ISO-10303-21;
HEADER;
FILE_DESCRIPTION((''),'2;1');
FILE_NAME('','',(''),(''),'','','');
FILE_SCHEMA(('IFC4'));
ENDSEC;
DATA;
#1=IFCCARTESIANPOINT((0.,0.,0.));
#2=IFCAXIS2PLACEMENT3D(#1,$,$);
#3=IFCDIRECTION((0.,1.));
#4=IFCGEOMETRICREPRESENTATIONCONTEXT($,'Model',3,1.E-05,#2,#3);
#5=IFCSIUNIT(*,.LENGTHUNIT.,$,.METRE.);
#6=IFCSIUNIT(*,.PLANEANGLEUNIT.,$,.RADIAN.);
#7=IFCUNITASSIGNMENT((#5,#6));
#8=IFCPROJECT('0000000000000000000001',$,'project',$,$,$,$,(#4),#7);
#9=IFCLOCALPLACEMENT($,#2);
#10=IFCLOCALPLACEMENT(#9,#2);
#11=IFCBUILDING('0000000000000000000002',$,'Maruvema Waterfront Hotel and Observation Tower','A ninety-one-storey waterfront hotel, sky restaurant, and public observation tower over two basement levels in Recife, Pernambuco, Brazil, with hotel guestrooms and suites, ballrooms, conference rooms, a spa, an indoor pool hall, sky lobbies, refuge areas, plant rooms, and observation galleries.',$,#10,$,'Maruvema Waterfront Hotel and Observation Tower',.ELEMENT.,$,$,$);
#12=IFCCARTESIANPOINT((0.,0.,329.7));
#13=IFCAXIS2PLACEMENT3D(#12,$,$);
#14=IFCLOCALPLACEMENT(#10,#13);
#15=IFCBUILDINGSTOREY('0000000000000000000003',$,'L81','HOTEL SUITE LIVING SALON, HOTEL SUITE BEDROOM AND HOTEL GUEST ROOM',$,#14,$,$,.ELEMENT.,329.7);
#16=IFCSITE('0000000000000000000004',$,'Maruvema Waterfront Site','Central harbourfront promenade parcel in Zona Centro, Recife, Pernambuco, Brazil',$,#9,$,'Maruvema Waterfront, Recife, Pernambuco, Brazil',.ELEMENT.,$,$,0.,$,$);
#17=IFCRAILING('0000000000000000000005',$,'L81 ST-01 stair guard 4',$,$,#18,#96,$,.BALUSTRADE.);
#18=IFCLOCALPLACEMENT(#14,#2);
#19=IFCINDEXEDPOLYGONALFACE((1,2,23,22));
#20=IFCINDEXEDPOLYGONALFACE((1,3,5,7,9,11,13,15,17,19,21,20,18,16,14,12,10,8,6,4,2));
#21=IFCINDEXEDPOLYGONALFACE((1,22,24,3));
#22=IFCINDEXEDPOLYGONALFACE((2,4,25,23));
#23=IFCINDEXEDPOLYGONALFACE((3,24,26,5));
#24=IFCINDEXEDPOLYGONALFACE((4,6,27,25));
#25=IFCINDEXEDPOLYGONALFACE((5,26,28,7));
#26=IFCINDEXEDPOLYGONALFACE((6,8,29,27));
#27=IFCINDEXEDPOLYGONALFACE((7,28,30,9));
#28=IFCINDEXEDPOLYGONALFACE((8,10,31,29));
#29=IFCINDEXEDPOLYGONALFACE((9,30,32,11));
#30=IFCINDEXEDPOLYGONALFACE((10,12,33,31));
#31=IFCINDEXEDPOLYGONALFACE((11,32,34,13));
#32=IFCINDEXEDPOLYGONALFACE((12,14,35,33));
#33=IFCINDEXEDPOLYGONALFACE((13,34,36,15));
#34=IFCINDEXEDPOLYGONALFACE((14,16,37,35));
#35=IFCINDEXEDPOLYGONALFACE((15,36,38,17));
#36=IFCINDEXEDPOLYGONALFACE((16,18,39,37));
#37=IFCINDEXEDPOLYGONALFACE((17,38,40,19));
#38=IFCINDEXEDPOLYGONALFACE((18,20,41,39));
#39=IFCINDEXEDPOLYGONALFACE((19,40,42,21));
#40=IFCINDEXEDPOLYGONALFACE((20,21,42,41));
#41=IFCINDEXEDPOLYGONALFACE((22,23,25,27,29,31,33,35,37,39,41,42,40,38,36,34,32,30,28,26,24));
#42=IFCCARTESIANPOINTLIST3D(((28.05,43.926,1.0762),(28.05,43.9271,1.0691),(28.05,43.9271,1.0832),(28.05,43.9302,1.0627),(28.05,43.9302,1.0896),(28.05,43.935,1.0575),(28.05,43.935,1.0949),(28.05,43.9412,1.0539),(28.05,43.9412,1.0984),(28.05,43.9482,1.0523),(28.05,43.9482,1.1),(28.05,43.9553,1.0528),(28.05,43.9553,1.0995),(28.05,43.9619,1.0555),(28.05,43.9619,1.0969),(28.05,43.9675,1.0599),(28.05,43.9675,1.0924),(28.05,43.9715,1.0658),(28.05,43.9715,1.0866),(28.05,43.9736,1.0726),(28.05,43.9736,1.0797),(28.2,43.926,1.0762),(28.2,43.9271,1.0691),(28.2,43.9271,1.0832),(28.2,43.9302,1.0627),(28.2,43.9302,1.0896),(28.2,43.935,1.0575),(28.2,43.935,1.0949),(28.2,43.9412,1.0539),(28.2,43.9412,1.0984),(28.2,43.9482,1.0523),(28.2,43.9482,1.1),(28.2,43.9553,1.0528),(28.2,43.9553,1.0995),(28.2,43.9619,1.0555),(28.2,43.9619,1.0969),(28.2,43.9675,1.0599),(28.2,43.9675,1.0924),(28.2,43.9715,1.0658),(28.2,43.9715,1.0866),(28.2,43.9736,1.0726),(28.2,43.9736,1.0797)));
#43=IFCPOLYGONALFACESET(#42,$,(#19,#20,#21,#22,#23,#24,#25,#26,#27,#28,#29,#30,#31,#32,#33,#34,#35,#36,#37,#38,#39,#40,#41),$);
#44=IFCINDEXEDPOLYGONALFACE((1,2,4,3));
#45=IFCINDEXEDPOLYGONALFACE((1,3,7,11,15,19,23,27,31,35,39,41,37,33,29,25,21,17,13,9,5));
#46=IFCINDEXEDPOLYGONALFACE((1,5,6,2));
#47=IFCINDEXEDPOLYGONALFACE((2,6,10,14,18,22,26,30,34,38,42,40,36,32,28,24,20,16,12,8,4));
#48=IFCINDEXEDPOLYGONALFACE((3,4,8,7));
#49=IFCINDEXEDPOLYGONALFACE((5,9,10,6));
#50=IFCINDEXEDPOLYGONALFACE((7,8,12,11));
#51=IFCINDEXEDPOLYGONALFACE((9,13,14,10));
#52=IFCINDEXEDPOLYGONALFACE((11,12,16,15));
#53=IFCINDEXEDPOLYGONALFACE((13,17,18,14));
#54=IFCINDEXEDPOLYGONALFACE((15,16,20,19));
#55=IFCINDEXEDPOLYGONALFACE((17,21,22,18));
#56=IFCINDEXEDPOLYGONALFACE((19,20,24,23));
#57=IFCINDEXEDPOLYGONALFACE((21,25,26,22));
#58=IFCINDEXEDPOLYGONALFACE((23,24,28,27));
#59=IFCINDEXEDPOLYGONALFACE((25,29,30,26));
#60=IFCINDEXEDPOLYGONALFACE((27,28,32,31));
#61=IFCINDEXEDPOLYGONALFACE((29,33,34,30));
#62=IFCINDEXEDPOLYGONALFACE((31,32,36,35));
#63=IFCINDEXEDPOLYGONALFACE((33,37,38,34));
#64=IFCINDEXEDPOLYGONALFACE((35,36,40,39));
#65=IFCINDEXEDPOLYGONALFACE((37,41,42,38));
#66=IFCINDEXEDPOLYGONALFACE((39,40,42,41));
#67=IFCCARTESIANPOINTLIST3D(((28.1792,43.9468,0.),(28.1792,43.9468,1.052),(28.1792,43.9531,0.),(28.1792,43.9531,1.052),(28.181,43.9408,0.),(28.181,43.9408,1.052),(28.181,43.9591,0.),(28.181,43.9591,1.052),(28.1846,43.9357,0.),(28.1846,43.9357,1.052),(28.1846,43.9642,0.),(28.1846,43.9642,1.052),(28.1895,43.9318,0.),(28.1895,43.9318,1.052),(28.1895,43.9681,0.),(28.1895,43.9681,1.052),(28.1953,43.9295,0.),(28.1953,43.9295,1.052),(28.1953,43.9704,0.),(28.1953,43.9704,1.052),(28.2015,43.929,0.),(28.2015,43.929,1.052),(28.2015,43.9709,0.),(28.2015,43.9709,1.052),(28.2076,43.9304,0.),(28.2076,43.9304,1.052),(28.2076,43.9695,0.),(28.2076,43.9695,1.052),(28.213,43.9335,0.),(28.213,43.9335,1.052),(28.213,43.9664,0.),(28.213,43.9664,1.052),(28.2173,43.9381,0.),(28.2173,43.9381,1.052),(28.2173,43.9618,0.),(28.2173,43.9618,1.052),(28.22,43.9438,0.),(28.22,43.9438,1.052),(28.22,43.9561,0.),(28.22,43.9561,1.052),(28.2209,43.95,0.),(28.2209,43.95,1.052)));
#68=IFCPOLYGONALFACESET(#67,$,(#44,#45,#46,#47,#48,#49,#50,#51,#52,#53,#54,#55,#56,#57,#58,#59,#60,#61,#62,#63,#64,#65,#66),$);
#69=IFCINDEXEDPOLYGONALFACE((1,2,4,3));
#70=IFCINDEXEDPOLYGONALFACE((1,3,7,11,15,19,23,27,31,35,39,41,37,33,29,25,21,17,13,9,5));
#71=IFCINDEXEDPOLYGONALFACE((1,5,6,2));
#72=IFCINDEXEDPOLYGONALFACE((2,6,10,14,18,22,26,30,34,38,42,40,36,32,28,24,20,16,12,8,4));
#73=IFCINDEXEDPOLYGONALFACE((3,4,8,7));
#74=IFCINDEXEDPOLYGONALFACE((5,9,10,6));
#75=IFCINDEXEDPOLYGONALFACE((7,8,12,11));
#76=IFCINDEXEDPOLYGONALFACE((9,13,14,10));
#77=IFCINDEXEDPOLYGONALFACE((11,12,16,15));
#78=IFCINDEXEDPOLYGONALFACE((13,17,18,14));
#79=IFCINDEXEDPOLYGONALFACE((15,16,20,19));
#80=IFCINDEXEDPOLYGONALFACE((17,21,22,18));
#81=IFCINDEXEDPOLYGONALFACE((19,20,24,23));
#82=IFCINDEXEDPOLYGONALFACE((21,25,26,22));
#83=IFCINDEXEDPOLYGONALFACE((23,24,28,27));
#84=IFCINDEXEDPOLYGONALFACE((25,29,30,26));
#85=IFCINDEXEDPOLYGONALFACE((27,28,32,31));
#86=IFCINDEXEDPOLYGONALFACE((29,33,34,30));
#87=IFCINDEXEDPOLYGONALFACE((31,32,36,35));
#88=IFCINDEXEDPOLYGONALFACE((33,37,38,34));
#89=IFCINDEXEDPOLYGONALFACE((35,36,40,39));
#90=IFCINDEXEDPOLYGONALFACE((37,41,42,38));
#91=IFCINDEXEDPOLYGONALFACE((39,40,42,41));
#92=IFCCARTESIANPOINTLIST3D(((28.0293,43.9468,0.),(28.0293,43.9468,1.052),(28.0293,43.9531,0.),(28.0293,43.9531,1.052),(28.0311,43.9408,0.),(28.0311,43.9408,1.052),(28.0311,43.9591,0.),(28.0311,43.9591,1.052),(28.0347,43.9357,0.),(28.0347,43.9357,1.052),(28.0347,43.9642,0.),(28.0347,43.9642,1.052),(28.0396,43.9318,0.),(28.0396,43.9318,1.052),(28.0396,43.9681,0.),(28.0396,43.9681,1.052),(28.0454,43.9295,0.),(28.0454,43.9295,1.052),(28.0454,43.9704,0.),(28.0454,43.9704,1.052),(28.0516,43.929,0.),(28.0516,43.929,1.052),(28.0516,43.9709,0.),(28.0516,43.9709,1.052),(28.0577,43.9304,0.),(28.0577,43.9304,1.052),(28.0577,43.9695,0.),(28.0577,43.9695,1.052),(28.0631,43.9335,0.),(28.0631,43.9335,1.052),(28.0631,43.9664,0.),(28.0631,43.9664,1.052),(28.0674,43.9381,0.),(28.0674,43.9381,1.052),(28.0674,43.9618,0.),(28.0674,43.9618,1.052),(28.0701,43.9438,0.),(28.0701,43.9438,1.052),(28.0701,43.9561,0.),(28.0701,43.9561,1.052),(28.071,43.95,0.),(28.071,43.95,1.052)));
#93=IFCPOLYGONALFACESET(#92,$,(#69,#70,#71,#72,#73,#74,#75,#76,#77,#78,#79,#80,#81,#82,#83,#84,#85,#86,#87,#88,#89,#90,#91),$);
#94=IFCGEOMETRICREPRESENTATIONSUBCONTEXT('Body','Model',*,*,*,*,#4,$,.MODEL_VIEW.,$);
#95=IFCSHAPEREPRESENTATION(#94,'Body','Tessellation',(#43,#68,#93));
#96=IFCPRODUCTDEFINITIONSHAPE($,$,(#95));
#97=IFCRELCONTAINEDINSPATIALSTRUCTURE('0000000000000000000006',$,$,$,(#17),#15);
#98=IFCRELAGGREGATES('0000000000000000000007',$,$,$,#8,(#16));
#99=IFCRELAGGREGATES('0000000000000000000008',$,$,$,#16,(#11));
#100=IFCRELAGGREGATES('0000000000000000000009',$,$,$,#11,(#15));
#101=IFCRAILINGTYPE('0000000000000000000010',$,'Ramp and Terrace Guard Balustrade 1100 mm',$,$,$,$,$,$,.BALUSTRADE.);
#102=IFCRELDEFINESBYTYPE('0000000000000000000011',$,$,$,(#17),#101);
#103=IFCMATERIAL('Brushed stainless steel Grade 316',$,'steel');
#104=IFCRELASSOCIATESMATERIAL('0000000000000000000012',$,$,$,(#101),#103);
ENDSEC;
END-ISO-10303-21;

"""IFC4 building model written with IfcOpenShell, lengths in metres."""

from ifc_helpers import new_model, si_unit, direction, frame, origin, origin_2d, place, context, subcontext, project, spatial, circle, extrude, material, type_object, element, save


model = new_model("IFC4")

# Units and contexts
model_context = context("Model", 3, precision=1e-05, world=origin(), true_north=direction((0.0, 1.0)))
body_context = subcontext(model_context, "Body", "Model", "MODEL_VIEW")
ifc_project = project(units=[si_unit("LENGTHUNIT", "METRE"), si_unit("PLANEANGLEUNIT", "RADIAN")], contexts=[model_context])

# Site, building, storey
site_placement = place(None, origin())
site = spatial("IfcSite", under=ifc_project, at=site_placement, Name="Maruvema Waterfront Site", Description="Central harbourfront promenade parcel in Zona Centro, Recife, Pernambuco, Brazil", LongName="Maruvema Waterfront, Recife, Pernambuco, Brazil", CompositionType="ELEMENT", RefElevation=0.0)
building_placement = place(site_placement, origin())
building = spatial("IfcBuilding", under=site, at=building_placement, Name="Maruvema Waterfront Hotel and Observation Tower", Description="A ninety-one-storey waterfront hotel, sky restaurant, and public observation tower over two basement levels in Recife, Pernambuco, Brazil, with hotel guestrooms and suites, ballrooms, conference rooms, a spa, an indoor pool hall, sky lobbies, refuge areas, plant rooms, and observation galleries.", LongName="Maruvema Waterfront Hotel and Observation Tower", CompositionType="ELEMENT")
storey_placement = place(building_placement, frame((0.0, 0.0, 329.7)))
storey = spatial("IfcBuildingStorey", under=building, at=storey_placement, Name="L81", Description="HOTEL SUITE LIVING SALON, HOTEL SUITE BEDROOM AND HOTEL GUEST ROOM", CompositionType="ELEMENT", Elevation=329.7)

# Railing
ifc_material_1 = material(Name="Brushed stainless steel Grade 316", Category="steel")
railing_type = type_object("IfcRailingType", Name="Ramp and Terrace Guard Balustrade 1100 mm", PredefinedType="BALUSTRADE", material=ifc_material_1)
railing_placement = place(storey_placement, frame((28.2, 43.95, 0.0)))
element("IfcRailing", 1, at=railing_placement, inside=storey, type_object=railing_type, Name="L81 ST-01 stair guard 4", PredefinedType="BALUSTRADE", context=body_context, shape_type="SweptSolid", body=[
    extrude(circle(Radius=0.0239, at=origin_2d()), frame((0.0, 0.0, 1.0762), z_axis=(-1.0, 0.0, 0.0), x_axis=(0.0, -1.0, 0.0)), (0.0, 0.0, 1.0), 0.1499),
    extrude(circle(Radius=0.021, at=origin_2d()), origin(), (0.0, 0.0, 1.0), 1.052),
    extrude(circle(Radius=0.021, at=origin_2d()), frame((-0.1499, 0.0, 0.0)), (0.0, 0.0, 1.0), 1.052),
])

save(model, "model.ifc")
